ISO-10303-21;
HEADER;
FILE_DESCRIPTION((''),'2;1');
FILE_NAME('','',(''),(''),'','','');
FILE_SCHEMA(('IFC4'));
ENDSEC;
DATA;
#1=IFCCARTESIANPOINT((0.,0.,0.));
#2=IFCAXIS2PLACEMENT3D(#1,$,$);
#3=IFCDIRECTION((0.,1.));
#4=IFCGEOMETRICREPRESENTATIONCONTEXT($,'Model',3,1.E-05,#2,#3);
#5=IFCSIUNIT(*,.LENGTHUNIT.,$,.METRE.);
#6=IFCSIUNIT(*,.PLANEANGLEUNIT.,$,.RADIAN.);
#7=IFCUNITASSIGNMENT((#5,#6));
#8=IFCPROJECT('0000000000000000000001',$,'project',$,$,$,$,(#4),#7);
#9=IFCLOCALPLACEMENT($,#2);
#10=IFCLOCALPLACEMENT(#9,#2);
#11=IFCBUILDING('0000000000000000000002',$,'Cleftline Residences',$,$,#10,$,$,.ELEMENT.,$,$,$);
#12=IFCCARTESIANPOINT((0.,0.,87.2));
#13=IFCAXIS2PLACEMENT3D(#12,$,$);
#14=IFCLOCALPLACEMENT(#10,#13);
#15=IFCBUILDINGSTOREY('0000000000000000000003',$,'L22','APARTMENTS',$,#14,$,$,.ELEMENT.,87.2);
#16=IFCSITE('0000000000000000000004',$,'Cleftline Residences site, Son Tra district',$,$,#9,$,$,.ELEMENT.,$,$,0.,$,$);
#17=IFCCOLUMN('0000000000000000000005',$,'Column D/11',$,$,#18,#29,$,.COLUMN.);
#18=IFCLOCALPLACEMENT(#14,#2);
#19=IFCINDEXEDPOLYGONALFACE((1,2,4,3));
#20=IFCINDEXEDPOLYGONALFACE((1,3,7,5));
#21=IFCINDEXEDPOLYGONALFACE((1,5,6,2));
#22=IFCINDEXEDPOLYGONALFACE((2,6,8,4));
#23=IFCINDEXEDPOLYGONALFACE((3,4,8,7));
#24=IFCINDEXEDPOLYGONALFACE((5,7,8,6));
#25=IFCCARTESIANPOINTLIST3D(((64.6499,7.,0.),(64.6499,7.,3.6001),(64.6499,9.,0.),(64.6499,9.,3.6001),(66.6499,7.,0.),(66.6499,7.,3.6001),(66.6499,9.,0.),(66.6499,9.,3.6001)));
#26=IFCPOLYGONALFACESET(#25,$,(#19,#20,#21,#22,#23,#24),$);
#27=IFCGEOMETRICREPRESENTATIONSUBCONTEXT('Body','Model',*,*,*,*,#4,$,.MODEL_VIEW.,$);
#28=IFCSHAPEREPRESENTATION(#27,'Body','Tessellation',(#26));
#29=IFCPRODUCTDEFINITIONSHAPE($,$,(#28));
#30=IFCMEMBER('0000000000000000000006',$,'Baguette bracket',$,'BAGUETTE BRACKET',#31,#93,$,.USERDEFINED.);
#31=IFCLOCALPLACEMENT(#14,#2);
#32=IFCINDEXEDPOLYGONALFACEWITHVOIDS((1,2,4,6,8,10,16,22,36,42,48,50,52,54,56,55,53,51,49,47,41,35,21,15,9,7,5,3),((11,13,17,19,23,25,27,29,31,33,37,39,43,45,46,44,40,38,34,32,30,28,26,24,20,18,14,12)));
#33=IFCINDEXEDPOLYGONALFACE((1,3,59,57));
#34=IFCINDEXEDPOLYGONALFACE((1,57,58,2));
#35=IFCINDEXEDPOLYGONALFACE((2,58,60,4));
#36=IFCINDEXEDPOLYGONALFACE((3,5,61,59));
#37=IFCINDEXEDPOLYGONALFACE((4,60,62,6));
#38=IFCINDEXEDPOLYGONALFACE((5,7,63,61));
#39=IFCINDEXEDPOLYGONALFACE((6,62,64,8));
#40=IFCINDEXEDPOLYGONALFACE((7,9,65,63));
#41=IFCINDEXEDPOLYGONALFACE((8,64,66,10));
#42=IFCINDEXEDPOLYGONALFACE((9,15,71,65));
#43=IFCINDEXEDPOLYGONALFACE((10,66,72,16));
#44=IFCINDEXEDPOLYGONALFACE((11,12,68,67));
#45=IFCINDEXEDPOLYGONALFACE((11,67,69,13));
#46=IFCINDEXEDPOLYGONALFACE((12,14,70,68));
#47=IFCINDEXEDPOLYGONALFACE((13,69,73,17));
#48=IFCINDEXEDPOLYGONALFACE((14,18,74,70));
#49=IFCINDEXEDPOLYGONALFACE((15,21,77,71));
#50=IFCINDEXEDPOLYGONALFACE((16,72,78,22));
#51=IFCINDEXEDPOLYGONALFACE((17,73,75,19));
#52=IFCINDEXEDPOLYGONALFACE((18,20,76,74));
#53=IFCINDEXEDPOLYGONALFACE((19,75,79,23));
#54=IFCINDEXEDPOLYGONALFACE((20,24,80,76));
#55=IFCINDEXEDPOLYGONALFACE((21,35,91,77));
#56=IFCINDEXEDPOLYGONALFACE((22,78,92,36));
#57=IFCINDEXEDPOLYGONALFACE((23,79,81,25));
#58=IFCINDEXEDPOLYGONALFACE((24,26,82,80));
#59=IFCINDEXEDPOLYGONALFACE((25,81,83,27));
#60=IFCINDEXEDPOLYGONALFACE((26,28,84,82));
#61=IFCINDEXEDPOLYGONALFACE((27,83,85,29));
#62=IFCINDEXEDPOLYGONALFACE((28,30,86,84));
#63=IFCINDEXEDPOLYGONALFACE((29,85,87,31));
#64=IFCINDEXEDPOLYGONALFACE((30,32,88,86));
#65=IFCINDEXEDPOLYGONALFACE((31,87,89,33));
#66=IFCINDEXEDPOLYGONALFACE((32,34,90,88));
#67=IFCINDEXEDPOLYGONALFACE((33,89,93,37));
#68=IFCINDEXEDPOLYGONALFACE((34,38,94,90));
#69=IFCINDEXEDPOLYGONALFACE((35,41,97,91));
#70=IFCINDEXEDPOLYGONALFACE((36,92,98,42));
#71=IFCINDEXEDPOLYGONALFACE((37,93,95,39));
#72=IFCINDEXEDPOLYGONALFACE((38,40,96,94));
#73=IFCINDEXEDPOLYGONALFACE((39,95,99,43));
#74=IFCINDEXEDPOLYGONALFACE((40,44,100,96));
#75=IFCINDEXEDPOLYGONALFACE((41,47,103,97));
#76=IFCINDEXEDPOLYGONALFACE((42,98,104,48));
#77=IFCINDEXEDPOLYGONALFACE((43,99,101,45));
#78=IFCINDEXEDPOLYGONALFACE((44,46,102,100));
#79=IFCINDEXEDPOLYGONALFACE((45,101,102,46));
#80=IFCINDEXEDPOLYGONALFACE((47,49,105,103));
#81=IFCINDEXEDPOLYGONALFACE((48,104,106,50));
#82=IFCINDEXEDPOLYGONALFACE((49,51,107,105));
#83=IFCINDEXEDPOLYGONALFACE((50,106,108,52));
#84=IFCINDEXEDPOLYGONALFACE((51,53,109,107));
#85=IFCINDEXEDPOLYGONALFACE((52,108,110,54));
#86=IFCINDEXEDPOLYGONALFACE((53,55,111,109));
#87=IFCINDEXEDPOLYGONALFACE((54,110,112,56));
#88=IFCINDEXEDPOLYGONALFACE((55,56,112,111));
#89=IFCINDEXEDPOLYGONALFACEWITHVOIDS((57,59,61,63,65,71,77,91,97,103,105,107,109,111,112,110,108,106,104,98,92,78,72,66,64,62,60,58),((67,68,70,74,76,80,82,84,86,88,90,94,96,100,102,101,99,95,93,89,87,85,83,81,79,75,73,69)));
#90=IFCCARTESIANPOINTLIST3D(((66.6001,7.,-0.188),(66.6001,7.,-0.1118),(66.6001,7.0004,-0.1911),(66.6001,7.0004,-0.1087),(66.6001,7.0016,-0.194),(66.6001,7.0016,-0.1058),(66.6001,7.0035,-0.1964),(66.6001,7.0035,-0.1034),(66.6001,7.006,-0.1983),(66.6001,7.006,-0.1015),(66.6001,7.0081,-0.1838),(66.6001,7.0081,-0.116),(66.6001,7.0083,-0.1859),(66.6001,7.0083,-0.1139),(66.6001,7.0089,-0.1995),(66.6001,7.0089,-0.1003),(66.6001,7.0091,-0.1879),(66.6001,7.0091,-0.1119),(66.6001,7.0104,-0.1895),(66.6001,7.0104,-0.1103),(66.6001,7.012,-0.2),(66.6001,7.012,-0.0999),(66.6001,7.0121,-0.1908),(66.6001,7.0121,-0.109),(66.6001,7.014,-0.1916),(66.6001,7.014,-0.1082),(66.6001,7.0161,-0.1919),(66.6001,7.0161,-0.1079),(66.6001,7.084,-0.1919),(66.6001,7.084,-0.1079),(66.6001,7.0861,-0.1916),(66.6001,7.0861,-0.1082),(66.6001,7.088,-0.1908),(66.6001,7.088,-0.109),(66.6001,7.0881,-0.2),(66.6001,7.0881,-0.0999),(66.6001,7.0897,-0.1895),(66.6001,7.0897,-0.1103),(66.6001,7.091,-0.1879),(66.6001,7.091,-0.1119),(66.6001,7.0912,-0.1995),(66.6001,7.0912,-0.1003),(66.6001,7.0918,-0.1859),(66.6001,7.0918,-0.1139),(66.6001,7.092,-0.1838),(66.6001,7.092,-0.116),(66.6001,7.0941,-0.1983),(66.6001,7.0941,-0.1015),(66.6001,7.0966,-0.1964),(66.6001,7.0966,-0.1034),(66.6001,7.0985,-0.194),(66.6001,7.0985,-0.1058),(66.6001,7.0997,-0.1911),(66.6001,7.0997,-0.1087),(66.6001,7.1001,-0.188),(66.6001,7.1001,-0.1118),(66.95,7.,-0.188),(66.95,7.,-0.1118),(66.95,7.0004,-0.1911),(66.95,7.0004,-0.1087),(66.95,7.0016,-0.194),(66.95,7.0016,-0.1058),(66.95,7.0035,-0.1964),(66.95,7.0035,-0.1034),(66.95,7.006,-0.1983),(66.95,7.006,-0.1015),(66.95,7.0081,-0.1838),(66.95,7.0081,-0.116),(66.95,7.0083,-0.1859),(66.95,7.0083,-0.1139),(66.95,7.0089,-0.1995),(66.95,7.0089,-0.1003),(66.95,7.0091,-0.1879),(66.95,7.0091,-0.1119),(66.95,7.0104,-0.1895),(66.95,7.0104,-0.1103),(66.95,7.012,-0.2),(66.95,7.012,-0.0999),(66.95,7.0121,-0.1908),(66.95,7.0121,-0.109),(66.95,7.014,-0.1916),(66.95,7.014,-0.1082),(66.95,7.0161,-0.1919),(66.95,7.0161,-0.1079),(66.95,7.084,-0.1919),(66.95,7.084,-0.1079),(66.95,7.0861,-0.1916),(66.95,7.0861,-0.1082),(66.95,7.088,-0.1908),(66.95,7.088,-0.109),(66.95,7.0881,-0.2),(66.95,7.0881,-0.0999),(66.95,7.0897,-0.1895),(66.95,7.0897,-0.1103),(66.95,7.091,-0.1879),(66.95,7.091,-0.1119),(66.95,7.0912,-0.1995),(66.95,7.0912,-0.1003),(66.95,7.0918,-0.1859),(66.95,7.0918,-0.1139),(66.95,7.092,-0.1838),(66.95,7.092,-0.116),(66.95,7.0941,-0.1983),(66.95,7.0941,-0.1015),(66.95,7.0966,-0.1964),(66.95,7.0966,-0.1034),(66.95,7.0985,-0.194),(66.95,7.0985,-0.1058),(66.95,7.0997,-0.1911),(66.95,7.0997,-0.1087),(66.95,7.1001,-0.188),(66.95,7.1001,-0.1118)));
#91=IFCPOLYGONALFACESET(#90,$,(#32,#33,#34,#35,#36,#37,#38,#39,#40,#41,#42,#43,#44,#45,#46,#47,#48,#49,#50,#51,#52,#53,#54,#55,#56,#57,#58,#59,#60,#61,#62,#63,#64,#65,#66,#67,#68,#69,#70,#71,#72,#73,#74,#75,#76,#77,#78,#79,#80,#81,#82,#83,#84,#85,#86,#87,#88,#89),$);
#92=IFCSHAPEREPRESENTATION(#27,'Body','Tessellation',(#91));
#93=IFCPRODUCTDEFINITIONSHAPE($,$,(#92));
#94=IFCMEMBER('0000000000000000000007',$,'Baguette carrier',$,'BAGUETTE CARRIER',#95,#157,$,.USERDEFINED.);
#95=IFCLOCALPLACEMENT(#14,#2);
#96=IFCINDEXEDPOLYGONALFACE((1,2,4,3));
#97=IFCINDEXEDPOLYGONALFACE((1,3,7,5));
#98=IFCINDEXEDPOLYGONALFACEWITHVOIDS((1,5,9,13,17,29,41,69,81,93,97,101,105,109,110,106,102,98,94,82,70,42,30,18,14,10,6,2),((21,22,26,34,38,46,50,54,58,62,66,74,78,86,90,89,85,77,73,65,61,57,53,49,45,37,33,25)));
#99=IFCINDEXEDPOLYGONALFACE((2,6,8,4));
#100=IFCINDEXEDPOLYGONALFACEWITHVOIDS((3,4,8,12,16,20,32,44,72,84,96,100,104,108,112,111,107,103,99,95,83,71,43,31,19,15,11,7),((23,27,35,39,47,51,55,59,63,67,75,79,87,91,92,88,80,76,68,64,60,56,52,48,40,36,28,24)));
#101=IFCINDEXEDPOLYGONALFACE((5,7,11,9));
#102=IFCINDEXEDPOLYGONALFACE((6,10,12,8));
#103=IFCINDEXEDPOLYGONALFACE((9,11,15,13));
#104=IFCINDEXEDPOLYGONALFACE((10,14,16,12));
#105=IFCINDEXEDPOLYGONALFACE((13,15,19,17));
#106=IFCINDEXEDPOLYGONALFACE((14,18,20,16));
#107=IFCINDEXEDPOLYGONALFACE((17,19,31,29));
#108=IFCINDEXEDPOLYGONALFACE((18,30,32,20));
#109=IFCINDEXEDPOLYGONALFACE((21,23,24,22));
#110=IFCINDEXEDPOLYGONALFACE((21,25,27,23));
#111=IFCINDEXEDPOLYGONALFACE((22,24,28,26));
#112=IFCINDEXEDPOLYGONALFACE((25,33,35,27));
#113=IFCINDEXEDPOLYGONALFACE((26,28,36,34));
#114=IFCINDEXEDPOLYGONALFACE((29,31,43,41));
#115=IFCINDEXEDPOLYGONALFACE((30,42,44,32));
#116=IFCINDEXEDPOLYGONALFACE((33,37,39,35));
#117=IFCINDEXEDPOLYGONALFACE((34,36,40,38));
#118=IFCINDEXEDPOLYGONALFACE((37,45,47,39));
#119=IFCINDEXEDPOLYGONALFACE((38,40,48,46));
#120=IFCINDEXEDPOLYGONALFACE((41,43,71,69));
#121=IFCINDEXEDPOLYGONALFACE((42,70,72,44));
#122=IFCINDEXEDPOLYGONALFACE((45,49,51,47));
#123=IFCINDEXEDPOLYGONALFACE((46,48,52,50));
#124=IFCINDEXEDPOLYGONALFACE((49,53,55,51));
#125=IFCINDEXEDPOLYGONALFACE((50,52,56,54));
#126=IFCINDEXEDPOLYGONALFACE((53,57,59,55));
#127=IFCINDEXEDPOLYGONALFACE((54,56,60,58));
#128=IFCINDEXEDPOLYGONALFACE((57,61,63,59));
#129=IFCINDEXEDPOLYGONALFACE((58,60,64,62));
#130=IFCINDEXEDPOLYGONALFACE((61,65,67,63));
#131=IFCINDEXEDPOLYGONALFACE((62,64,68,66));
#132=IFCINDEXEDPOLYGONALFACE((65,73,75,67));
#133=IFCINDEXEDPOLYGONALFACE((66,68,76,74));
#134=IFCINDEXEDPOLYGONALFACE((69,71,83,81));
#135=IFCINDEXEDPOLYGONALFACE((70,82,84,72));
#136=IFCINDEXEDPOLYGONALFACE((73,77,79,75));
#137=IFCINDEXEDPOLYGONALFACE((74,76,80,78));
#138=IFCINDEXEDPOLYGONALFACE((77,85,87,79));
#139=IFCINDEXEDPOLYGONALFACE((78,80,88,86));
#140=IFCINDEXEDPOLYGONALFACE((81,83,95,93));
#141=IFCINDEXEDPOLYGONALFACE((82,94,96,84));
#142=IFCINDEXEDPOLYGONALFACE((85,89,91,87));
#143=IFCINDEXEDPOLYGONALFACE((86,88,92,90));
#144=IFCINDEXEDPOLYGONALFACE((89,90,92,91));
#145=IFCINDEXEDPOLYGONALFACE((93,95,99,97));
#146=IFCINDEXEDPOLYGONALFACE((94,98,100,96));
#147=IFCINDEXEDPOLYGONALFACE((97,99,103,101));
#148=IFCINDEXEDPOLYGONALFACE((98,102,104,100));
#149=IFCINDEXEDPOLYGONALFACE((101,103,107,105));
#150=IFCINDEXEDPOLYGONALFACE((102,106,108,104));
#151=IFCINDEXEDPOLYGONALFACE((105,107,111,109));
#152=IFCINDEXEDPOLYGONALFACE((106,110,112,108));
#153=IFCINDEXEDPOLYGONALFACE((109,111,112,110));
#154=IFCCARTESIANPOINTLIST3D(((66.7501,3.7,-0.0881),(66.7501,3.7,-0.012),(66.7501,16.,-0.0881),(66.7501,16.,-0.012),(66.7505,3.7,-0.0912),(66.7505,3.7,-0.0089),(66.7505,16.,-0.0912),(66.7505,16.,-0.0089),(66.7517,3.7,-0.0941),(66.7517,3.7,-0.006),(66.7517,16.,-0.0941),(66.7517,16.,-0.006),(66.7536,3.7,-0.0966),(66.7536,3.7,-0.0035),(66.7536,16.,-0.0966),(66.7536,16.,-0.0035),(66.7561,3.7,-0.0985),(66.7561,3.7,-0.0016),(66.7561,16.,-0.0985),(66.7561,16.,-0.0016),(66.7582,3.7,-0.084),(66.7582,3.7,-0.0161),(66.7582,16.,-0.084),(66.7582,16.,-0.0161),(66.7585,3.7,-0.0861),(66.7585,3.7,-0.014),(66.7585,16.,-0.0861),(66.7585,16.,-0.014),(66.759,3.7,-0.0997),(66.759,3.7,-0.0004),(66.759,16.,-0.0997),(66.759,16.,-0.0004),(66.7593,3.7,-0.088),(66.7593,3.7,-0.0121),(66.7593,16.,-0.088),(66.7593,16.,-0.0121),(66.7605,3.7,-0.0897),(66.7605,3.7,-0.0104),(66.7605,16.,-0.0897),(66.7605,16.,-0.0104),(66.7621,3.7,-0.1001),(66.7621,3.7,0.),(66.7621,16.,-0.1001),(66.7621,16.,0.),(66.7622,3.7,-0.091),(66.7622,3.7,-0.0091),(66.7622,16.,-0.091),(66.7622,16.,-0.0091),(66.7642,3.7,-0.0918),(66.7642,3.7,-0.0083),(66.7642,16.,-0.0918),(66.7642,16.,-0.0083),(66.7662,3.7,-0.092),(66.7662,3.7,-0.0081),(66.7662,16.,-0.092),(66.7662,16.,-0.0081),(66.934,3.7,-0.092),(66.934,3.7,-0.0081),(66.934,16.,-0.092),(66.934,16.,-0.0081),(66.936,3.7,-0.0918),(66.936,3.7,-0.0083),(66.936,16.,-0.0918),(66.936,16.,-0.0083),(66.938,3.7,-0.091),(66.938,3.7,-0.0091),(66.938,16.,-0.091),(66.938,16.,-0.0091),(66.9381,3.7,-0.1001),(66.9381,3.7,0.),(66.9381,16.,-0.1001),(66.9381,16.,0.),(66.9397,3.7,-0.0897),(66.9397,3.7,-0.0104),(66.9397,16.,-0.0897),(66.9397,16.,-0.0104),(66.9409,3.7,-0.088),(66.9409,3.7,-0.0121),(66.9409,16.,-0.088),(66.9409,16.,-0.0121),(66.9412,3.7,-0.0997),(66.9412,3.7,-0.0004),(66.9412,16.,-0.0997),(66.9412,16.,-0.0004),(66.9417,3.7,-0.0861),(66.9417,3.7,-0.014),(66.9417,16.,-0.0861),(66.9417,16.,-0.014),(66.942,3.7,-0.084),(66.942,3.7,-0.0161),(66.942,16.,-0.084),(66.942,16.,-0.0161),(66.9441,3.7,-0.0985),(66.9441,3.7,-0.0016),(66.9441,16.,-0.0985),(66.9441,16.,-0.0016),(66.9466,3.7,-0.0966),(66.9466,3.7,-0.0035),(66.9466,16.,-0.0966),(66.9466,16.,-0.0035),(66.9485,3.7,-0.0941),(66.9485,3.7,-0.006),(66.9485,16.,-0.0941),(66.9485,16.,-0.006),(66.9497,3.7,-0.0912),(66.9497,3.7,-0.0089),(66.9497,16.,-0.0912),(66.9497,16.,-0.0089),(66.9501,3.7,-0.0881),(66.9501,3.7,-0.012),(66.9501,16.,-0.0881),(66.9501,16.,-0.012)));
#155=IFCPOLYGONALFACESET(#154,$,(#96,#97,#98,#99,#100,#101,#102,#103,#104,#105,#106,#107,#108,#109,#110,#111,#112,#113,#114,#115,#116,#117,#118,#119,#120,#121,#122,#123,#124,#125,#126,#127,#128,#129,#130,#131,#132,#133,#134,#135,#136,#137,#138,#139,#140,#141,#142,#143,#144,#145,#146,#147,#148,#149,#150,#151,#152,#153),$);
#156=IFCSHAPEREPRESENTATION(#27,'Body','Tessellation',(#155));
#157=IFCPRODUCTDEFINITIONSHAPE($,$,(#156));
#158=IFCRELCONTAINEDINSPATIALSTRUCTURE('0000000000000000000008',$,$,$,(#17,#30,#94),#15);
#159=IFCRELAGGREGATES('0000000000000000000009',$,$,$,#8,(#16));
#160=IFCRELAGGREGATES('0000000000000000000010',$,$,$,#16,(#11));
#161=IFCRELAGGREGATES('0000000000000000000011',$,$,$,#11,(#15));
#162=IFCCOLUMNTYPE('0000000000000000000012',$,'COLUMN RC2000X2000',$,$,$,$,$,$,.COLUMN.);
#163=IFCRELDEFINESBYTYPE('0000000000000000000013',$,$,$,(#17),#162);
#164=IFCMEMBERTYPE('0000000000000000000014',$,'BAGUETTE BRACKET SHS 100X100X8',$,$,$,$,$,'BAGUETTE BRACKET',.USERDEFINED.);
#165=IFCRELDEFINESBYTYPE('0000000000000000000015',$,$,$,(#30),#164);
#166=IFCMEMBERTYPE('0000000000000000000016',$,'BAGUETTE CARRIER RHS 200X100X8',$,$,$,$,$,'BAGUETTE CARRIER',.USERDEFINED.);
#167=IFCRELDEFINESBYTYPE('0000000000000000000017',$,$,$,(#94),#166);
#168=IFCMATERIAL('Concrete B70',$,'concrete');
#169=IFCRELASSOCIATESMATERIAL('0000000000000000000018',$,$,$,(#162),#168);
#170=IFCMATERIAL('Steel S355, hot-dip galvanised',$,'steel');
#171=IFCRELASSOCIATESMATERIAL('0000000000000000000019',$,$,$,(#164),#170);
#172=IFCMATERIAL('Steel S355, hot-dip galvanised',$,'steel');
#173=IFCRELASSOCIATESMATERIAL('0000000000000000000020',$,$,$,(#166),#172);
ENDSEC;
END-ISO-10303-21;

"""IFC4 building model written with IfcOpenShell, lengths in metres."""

from ifc_helpers import new_model, si_unit, direction, frame, origin, origin_2d, place, context, subcontext, project, spatial, rectangle, hollow_rectangle, extrude, material, material_profile, profile_set, type_object, element, save


model = new_model("IFC4")

# Units and contexts
model_context = context("Model", 3, precision=1e-05, world=origin(), true_north=direction((0.0, 1.0)))
body_context = subcontext(model_context, "Body", "Model", "MODEL_VIEW")
ifc_project = project(units=[si_unit("LENGTHUNIT", "METRE"), si_unit("PLANEANGLEUNIT", "RADIAN")], contexts=[model_context])

# Site, building, storey
site_placement = place(None, origin())
site = spatial("IfcSite", under=ifc_project, at=site_placement, Name="Cleftline Residences site, Son Tra district", CompositionType="ELEMENT", RefElevation=0.0)
building_placement = place(site_placement, origin())
building = spatial("IfcBuilding", under=site, at=building_placement, Name="Cleftline Residences", CompositionType="ELEMENT")
storey_placement = place(building_placement, frame((0.0, 0.0, 87.2)))
storey = spatial("IfcBuildingStorey", under=building, at=storey_placement, Name="L22", Description="APARTMENTS", CompositionType="ELEMENT", Elevation=87.2)

# Column
ifc_material_1 = material(Name="Concrete B70", Category="concrete")
ifc_material_profile_1 = material_profile(ifc_material_1, rectangle(XDim=2.0, YDim=2.0, at=origin_2d()))
ifc_profile_set_1 = profile_set([ifc_material_profile_1], Name="Concrete B70")
column_type = type_object("IfcColumnType", Name="COLUMN RC2000X2000", PredefinedType="COLUMN", material=ifc_profile_set_1)
column_placement = place(storey_placement, frame((65.6499, 8.0, 0.0), z_axis=(0.0, 0.0, 1.0), x_axis=(1.0, 0.0, 0.0)))
element("IfcColumn", 1, at=column_placement, inside=storey, type_object=column_type, Name="Column D/11", PredefinedType="COLUMN", context=body_context, shape_type="SweptSolid", body=[
    extrude(rectangle(XDim=2.0, YDim=2.0, at=origin_2d()), origin(), (0.0, 0.0, 1.0), 3.6001),
])

# Members
ifc_material_2 = material(Name="Steel S355, hot-dip galvanised", Category="steel")
ifc_material_profile_2 = material_profile(ifc_material_2, hollow_rectangle(XDim=0.1001, YDim=0.1001, WallThickness=0.0081, InnerFilletRadius=0.0081, OuterFilletRadius=0.012, at=origin_2d()))
ifc_profile_set_2 = profile_set([ifc_material_profile_2], Name="Steel S355, hot-dip galvanised")
member_type_1 = type_object("IfcMemberType", Name="BAGUETTE BRACKET SHS 100X100X8", ElementType="BAGUETTE BRACKET", PredefinedType="USERDEFINED", material=ifc_profile_set_2)
member_1_placement = place(storey_placement, frame((66.6001, 7.05, -0.1499), z_axis=(1.0, 0.0, 0.0), x_axis=(0.0, 1.0, 0.0)))
element("IfcMember", 2, at=member_1_placement, inside=storey, type_object=member_type_1, Name="Baguette bracket", ObjectType="BAGUETTE BRACKET", PredefinedType="USERDEFINED", context=body_context, shape_type="SweptSolid", body=[
    extrude(hollow_rectangle(XDim=0.1001, YDim=0.1001, WallThickness=0.0081, InnerFilletRadius=0.0081, OuterFilletRadius=0.012, at=origin_2d()), origin(), (0.0, 0.0, 1.0), 0.3499),
])
ifc_material_3 = material(Name="Steel S355, hot-dip galvanised", Category="steel")
ifc_material_profile_3 = material_profile(ifc_material_3, hollow_rectangle(XDim=0.1001, YDim=0.2, WallThickness=0.0081, InnerFilletRadius=0.0081, OuterFilletRadius=0.012, at=origin_2d()))
ifc_profile_set_3 = profile_set([ifc_material_profile_3], Name="Steel S355, hot-dip galvanised")
member_type_2 = type_object("IfcMemberType", Name="BAGUETTE CARRIER RHS 200X100X8", ElementType="BAGUETTE CARRIER", PredefinedType="USERDEFINED", material=ifc_profile_set_3)
member_2_placement = place(storey_placement, frame((66.8501, 3.7, -0.05), z_axis=(0.0, 1.0, 0.0), x_axis=(0.0, 0.0, 1.0)))
element("IfcMember", 3, at=member_2_placement, inside=storey, type_object=member_type_2, Name="Baguette carrier", ObjectType="BAGUETTE CARRIER", PredefinedType="USERDEFINED", context=body_context, shape_type="SweptSolid", body=[
    extrude(hollow_rectangle(XDim=0.1001, YDim=0.2, WallThickness=0.0081, InnerFilletRadius=0.0081, OuterFilletRadius=0.012, at=origin_2d()), origin(), (0.0, 0.0, 1.0), 12.3),
])

save(model, "model.ifc")
